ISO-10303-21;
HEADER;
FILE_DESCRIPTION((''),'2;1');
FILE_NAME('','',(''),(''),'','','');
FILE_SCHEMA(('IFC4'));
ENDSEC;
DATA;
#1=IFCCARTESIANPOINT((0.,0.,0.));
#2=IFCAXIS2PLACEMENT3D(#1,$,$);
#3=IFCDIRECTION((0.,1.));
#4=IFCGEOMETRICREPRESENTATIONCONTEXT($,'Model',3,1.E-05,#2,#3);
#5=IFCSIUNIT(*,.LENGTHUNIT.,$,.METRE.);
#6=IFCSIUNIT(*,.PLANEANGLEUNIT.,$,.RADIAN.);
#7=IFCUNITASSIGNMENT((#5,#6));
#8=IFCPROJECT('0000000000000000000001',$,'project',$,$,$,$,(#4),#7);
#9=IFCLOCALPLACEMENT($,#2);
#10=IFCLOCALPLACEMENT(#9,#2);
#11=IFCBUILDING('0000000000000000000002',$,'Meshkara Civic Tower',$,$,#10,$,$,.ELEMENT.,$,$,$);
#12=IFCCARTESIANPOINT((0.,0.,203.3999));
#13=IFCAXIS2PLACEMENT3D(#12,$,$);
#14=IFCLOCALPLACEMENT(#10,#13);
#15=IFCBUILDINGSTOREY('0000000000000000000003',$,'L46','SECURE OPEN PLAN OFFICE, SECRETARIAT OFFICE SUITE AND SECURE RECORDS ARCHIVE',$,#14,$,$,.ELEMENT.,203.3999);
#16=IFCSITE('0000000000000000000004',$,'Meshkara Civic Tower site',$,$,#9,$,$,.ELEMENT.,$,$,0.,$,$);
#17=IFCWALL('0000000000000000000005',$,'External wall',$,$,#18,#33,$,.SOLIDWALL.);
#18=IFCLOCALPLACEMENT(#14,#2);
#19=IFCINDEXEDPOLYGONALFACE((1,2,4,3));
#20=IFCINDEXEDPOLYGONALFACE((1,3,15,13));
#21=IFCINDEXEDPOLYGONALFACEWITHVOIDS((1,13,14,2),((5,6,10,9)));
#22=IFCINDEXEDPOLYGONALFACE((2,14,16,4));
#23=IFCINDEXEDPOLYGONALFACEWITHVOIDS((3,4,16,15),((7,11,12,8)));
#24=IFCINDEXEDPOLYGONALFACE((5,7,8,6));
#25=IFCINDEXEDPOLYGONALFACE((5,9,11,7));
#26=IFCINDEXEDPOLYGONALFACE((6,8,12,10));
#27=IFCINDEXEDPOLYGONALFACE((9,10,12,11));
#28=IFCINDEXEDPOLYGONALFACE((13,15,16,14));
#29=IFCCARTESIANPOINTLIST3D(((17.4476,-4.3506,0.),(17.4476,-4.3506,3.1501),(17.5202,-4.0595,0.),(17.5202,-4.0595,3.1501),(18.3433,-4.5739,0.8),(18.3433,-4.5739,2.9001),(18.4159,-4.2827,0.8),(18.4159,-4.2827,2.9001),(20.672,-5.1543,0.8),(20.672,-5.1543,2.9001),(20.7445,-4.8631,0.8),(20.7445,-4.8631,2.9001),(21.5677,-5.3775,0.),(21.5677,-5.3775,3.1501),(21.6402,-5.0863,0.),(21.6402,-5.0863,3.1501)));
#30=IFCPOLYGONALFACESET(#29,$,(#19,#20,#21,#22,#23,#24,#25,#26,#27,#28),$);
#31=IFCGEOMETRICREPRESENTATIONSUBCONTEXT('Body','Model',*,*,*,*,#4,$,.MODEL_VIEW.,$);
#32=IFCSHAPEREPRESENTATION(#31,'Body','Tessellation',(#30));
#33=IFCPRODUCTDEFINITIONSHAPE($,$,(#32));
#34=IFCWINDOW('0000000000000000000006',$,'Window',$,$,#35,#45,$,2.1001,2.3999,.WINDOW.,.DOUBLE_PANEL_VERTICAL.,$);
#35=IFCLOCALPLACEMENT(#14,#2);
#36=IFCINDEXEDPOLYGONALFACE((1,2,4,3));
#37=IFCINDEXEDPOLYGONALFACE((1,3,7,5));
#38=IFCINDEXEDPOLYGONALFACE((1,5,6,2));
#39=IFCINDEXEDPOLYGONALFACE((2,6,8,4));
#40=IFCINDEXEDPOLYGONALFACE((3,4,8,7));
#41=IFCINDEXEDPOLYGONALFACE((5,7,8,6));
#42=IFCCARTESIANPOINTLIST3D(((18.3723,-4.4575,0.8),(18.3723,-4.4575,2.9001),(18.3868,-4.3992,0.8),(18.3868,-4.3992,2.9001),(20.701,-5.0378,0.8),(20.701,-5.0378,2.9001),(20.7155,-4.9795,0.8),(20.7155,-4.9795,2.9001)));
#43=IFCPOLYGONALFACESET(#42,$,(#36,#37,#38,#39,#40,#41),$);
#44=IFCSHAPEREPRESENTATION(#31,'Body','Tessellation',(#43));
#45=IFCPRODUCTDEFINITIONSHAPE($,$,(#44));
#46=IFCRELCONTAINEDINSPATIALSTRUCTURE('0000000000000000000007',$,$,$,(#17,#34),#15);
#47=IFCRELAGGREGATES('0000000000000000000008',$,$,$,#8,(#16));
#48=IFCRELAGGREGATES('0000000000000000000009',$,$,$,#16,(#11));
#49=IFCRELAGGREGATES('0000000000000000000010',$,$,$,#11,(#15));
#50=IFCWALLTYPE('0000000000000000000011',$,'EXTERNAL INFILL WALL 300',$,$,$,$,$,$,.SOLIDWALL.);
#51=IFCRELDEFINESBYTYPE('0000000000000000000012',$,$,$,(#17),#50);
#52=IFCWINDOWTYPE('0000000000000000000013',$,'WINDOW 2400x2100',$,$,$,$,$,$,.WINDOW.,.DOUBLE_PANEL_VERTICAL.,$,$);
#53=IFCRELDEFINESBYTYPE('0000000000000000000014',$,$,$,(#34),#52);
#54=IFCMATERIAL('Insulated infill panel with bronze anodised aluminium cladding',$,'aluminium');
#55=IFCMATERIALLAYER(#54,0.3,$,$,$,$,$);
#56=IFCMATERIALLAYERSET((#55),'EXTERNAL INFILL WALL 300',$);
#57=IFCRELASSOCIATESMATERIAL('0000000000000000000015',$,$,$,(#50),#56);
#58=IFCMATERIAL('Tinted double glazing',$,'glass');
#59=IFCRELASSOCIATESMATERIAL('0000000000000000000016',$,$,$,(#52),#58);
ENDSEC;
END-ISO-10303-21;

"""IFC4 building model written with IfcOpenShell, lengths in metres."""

from ifc_helpers import new_model, si_unit, direction, frame, frame_2d, origin, place, context, subcontext, project, spatial, rectangle, extrude, material, layer, layer_set, type_object, element, fill, save


model = new_model("IFC4")

# Units and contexts
model_context = context("Model", 3, precision=1e-05, world=origin(), true_north=direction((0.0, 1.0)))
body_context = subcontext(model_context, "Body", "Model", "MODEL_VIEW")
ifc_project = project(units=[si_unit("LENGTHUNIT", "METRE"), si_unit("PLANEANGLEUNIT", "RADIAN")], contexts=[model_context])

# Site, building, storey
site_placement = place(None, origin())
site = spatial("IfcSite", under=ifc_project, at=site_placement, Name="Meshkara Civic Tower site", CompositionType="ELEMENT", RefElevation=0.0)
building_placement = place(site_placement, origin())
building = spatial("IfcBuilding", under=site, at=building_placement, Name="Meshkara Civic Tower", CompositionType="ELEMENT")
storey_placement = place(building_placement, frame((0.0, 0.0, 203.3999)))
storey = spatial("IfcBuildingStorey", under=building, at=storey_placement, Name="L46", Description="SECURE OPEN PLAN OFFICE, SECRETARIAT OFFICE SUITE AND SECURE RECORDS ARCHIVE", CompositionType="ELEMENT", Elevation=203.3999)

# Wall, opening, window
ifc_material_1 = material(Name="Insulated infill panel with bronze anodised aluminium cladding", Category="aluminium")
ifc_layer = layer(ifc_material_1, 0.3)
ifc_layer_set = layer_set([ifc_layer], Name="EXTERNAL INFILL WALL 300")
wall_type = type_object("IfcWallType", Name="EXTERNAL INFILL WALL 300", PredefinedType="SOLIDWALL", material=ifc_layer_set)
ifc_material_2 = material(Name="Tinted double glazing", Category="glass")
window_type = type_object("IfcWindowType", Name="WINDOW 2400x2100", PartitioningType="DOUBLE_PANEL_VERTICAL", PredefinedType="WINDOW", material=ifc_material_2)
wall_1_placement = place(storey_placement, frame((17.4839, -4.2051, 0.0), z_axis=(0.0, 0.0, 1.0), x_axis=(0.970318, -0.241832, 0.0)))
wall_1 = element("IfcWall", 1, at=wall_1_placement, inside=storey, type_object=wall_type, Name="External wall", PredefinedType="SOLIDWALL", context=body_context, shape_type="SweptSolid", body=[
    extrude(rectangle(XDim=4.2461, YDim=0.3, at=frame_2d((2.123, 0.0))), origin(), (0.0, 0.0, 1.0), 3.1501),
])
opening_1_placement = place(wall_1_placement, frame((0.9231, 0.0, 0.8)))
opening_1 = element("IfcOpeningElement", 2, at=opening_1_placement, cuts=wall_1, PredefinedType="OPENING", context=body_context, shape_type="SweptSolid", body=[
    extrude(rectangle(XDim=2.3999, YDim=2.1001, at=frame_2d((1.2, 1.05))), frame((0.0, 0.1599, 0.0), z_axis=(0.0, -1.0, 0.0), x_axis=(1.0, 0.0, 0.0)), (0.0, 0.0, 1.0), 0.3201),
])
window_1_placement = place(opening_1_placement, origin())
window_1 = element("IfcWindow", 3, at=window_1_placement, inside=storey, type_object=window_type, Name="Window", OverallHeight=2.1001, OverallWidth=2.3999, PartitioningType="DOUBLE_PANEL_VERTICAL", PredefinedType="WINDOW", context=body_context, shape_type="SweptSolid", body=[
    extrude(rectangle(XDim=2.3999, YDim=2.1001, at=frame_2d((1.2, 1.05))), frame((0.0, 0.03, 0.0), z_axis=(0.0, -1.0, 0.0), x_axis=(1.0, 0.0, 0.0)), (0.0, 0.0, 1.0), 0.0601),
])
fill(opening_1, window_1)

save(model, "model.ifc")
